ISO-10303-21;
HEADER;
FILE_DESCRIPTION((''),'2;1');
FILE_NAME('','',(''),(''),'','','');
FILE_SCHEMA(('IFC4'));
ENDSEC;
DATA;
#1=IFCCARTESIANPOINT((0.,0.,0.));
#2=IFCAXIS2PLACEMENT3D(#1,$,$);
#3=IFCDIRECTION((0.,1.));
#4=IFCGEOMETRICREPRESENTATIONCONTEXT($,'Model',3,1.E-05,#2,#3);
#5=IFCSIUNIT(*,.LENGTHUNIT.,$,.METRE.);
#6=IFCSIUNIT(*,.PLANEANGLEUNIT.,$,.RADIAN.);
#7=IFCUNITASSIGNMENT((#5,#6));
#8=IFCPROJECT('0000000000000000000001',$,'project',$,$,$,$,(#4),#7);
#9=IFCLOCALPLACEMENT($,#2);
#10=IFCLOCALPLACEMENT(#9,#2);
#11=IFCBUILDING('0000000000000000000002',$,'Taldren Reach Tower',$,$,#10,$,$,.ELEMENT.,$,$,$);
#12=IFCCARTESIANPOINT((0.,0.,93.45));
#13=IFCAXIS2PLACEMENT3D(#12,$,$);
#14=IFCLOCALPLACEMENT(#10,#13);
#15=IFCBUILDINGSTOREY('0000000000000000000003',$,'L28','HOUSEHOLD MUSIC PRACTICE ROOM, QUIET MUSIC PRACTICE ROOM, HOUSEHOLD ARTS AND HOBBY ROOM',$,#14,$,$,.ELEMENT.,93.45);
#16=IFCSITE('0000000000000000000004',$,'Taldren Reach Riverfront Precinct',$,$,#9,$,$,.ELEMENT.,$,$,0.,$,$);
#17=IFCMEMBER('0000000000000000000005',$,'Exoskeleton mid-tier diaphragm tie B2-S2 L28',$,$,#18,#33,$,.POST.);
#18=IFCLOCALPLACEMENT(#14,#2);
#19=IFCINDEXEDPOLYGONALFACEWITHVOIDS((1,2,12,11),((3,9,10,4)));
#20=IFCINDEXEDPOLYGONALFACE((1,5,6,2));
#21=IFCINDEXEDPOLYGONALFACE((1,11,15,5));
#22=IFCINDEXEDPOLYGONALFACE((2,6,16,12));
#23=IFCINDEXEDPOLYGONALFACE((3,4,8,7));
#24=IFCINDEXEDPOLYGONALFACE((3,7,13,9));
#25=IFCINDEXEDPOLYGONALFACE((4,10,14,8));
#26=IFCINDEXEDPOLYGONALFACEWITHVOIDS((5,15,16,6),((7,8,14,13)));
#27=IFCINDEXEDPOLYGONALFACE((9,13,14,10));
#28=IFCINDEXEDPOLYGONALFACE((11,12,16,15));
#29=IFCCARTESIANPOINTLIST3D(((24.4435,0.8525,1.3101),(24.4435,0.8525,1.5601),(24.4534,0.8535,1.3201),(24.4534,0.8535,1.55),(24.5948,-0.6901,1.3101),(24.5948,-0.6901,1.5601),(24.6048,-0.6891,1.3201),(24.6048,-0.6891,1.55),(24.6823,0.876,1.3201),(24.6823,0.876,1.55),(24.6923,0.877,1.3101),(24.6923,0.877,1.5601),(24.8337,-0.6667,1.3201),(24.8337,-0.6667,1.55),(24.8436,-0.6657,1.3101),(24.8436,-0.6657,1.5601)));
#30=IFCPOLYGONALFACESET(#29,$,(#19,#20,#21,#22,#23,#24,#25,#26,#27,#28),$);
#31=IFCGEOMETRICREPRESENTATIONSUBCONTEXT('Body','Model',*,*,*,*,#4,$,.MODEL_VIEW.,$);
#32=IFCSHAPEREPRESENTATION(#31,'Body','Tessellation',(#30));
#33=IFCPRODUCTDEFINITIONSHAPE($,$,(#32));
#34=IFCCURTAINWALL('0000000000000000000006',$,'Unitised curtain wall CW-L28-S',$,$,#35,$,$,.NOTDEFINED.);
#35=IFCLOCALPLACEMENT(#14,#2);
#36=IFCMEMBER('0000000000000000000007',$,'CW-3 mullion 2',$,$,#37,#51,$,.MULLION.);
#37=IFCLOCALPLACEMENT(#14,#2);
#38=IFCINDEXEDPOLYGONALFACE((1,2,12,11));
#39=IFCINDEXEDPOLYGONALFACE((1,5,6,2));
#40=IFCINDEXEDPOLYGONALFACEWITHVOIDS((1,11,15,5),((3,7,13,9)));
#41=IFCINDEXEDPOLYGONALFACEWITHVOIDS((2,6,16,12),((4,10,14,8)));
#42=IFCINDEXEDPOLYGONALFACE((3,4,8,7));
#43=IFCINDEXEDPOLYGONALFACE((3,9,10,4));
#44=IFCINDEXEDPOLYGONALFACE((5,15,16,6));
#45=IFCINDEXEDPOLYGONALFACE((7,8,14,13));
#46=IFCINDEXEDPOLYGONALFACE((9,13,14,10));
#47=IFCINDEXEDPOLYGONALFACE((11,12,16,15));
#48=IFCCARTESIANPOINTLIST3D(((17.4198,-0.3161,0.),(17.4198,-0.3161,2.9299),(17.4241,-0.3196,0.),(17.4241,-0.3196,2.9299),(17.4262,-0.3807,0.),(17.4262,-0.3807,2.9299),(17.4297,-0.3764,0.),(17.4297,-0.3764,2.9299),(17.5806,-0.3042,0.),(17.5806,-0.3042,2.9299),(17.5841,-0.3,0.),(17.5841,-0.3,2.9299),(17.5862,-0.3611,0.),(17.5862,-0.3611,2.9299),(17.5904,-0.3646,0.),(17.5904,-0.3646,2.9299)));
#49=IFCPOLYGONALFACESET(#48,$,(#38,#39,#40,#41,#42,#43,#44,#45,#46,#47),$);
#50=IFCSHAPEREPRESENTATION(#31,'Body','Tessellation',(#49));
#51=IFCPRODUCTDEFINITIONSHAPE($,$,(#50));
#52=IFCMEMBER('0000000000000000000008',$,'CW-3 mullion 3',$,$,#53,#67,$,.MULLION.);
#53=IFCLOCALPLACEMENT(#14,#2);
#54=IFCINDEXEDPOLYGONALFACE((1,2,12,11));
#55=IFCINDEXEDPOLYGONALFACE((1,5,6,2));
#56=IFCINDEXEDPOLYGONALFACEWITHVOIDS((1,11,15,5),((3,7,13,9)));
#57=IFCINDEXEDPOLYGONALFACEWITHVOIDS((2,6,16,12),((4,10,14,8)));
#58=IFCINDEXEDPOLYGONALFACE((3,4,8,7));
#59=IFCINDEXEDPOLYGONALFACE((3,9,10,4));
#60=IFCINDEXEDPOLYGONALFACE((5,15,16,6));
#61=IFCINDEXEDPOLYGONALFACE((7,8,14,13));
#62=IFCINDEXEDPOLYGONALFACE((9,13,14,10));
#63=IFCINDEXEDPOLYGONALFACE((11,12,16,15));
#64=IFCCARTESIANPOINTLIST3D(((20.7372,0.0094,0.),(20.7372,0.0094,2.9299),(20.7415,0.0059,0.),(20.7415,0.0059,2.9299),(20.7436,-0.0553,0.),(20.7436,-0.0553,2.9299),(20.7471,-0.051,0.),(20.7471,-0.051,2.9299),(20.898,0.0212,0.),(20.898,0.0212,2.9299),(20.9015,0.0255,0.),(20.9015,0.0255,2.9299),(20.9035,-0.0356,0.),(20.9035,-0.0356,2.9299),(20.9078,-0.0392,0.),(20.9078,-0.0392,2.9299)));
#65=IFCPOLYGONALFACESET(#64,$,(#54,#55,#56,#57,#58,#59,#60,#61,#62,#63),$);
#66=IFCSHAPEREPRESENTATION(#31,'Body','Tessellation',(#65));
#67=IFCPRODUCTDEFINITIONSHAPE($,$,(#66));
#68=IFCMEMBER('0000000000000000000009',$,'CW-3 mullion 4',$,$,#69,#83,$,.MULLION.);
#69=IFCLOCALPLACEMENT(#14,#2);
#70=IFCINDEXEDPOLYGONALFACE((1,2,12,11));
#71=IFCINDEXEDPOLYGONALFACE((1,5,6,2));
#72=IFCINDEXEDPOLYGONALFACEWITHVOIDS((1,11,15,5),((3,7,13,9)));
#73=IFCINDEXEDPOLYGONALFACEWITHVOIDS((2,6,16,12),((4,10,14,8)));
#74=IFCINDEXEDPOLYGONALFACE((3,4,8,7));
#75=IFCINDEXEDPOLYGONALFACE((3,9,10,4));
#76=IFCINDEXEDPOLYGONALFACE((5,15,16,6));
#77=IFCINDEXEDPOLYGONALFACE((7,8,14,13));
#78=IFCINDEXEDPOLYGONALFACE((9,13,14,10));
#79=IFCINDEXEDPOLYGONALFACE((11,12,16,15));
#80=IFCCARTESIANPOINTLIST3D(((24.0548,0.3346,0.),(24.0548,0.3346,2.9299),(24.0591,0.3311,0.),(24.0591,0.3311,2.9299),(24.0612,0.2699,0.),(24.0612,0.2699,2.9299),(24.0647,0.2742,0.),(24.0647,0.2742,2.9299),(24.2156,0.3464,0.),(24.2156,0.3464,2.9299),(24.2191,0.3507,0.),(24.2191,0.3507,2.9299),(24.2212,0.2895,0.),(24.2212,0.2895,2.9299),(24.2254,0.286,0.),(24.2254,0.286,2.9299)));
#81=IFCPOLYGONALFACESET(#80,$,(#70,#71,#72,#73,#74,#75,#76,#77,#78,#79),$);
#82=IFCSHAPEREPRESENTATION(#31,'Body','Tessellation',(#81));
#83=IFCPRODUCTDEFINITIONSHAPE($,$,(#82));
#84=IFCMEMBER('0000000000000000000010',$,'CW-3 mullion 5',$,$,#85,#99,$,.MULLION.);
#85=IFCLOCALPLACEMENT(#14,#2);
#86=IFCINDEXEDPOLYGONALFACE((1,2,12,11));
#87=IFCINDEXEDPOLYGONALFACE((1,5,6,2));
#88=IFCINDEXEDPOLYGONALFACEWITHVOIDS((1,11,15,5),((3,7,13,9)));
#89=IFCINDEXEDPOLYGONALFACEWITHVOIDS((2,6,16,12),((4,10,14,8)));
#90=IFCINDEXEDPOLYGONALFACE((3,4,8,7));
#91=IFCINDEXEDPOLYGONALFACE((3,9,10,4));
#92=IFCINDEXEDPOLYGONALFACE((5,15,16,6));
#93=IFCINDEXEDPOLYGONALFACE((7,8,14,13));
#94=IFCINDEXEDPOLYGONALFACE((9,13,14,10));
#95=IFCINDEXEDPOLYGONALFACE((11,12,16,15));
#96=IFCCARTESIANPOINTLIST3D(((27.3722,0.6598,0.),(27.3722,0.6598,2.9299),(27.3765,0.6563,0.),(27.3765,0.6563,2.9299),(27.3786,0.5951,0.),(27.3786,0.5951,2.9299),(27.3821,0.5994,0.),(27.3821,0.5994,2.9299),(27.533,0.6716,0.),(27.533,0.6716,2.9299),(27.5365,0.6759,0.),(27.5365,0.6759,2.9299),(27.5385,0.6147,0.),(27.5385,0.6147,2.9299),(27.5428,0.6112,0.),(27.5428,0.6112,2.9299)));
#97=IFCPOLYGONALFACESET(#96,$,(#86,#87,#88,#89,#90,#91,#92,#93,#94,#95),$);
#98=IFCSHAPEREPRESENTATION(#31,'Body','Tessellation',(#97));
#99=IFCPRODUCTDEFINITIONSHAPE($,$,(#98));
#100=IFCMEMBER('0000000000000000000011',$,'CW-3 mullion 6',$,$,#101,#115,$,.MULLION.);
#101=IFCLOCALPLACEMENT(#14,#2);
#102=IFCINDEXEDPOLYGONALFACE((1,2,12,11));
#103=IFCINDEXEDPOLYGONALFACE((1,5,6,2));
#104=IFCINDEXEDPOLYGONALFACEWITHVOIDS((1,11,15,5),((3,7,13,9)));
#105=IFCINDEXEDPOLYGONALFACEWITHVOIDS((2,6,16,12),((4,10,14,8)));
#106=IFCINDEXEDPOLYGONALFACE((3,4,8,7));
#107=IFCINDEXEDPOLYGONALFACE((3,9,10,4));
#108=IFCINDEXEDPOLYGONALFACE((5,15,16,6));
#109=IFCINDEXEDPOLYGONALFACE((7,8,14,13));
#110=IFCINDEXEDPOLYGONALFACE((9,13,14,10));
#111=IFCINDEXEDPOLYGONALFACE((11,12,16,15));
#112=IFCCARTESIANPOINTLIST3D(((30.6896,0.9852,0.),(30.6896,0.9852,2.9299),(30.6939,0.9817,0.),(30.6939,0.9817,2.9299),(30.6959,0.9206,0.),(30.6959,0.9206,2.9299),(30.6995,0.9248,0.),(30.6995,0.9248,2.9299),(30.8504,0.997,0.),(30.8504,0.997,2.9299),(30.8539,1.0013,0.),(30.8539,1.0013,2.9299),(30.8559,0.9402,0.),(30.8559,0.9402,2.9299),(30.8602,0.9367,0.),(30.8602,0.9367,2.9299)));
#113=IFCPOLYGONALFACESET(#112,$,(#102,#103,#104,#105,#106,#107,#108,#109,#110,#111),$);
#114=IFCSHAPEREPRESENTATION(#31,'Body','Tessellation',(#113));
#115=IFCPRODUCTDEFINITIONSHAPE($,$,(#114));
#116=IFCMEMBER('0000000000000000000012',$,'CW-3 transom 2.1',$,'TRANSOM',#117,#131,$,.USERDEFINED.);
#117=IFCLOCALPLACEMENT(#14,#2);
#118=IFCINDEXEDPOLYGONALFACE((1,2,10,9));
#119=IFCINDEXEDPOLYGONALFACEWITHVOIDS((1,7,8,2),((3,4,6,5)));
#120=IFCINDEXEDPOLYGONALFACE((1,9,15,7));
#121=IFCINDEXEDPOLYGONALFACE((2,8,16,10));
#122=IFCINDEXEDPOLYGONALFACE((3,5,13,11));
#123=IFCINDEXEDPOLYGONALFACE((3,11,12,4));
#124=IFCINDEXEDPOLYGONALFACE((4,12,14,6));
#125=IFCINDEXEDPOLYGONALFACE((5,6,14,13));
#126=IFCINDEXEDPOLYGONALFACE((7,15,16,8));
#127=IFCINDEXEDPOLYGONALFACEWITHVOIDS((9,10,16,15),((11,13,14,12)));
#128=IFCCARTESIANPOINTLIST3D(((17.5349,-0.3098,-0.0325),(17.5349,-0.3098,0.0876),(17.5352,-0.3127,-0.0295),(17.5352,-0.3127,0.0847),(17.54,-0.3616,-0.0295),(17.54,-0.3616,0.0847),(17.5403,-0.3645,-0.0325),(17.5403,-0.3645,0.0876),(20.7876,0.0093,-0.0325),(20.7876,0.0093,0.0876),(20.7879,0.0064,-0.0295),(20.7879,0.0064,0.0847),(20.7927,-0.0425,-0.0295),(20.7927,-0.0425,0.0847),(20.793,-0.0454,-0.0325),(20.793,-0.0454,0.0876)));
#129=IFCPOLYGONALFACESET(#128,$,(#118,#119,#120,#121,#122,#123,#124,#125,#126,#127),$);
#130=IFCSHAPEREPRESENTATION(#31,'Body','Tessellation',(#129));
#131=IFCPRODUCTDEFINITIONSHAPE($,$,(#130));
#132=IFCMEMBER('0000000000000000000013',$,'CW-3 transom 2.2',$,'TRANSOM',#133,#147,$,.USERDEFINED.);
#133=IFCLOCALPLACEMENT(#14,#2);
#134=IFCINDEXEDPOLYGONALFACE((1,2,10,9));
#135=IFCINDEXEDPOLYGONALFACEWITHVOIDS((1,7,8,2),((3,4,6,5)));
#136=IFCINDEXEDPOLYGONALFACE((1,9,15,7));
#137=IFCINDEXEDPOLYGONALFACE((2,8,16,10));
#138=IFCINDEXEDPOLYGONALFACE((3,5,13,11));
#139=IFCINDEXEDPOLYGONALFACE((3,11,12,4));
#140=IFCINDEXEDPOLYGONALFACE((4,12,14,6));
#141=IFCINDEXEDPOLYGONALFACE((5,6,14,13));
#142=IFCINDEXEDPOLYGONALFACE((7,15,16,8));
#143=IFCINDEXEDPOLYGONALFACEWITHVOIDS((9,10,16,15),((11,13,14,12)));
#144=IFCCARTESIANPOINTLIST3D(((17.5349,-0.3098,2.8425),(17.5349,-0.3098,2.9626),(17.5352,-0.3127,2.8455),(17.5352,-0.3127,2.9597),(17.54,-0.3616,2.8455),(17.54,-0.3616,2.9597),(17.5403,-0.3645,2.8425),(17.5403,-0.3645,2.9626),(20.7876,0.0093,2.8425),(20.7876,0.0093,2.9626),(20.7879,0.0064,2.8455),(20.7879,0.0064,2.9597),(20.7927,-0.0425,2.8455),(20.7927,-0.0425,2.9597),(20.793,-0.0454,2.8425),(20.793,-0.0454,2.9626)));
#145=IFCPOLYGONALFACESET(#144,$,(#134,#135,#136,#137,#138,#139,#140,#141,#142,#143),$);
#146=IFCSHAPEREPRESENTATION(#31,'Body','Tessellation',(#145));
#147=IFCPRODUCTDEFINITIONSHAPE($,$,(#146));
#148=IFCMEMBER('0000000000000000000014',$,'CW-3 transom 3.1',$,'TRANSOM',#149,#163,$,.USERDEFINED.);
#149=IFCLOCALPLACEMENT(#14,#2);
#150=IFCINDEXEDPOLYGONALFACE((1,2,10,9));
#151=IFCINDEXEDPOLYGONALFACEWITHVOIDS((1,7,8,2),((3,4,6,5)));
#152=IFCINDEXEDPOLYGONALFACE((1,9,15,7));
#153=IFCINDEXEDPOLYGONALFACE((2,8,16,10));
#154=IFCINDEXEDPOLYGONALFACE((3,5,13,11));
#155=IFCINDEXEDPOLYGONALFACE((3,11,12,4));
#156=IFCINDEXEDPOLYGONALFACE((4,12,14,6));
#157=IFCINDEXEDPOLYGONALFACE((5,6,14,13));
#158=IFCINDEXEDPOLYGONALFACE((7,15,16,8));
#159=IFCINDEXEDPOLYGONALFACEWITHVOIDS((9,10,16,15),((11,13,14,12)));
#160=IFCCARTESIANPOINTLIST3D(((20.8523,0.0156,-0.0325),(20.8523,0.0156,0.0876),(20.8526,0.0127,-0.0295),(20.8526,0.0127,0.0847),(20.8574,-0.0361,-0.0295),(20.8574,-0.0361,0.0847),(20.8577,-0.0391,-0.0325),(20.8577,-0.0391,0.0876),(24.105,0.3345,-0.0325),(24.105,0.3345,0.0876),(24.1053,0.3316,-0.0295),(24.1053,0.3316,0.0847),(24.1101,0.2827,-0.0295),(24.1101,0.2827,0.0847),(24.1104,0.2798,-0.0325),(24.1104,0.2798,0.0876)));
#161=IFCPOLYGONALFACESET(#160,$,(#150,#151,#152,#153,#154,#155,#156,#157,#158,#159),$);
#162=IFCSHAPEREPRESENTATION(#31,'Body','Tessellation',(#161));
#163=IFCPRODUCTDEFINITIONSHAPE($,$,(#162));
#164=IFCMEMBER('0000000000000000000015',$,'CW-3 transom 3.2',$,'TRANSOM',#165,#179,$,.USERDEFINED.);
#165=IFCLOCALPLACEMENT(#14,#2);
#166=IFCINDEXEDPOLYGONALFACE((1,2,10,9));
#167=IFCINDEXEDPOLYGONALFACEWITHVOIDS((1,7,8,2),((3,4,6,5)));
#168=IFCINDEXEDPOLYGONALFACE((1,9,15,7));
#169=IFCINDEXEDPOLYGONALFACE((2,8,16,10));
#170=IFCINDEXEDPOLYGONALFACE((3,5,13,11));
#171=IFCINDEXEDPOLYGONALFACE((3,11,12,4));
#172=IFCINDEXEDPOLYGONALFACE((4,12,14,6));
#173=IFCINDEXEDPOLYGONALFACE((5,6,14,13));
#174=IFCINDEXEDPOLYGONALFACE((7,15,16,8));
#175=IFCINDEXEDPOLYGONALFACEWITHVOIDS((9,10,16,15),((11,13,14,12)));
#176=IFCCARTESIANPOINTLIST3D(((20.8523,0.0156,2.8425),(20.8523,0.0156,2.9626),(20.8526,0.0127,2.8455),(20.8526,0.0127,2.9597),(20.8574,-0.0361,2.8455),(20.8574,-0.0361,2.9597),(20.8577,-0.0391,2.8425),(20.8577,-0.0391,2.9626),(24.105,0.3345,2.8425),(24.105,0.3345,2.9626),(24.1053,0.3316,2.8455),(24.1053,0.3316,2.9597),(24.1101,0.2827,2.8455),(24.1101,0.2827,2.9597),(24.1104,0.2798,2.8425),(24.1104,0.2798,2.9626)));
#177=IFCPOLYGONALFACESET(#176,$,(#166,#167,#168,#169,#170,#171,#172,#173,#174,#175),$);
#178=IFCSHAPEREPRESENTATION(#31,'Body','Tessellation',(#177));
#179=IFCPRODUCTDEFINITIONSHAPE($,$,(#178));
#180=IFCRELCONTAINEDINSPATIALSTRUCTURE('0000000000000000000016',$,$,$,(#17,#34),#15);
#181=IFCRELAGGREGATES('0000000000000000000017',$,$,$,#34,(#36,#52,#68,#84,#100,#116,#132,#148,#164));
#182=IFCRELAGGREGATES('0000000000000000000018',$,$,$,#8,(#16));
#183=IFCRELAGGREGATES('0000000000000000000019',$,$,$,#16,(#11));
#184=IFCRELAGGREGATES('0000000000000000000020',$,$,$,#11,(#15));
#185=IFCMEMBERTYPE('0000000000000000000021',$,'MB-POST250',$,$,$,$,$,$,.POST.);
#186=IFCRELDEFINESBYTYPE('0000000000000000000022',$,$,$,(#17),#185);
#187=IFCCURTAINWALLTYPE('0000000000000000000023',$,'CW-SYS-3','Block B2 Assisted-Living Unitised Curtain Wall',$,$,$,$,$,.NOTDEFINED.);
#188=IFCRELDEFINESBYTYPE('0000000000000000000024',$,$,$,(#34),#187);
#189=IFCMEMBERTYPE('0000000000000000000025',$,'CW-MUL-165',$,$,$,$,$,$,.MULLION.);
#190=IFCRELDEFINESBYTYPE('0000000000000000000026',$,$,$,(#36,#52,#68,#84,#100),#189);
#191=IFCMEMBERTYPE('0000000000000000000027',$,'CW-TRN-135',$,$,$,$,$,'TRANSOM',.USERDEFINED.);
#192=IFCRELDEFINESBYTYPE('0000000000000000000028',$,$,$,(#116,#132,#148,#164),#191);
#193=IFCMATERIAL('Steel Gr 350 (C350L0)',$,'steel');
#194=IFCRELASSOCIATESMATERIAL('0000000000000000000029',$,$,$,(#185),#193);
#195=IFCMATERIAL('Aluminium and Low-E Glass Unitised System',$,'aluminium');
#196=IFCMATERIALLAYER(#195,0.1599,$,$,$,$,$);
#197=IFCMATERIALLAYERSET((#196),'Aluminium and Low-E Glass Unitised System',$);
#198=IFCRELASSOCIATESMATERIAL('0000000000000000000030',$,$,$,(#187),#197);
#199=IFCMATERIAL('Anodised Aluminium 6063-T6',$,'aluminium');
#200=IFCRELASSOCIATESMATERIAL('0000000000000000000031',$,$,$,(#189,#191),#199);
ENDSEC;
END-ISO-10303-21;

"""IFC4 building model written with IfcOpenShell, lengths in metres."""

from ifc_helpers import new_model, si_unit, direction, frame, origin, origin_2d, place, context, subcontext, project, spatial, hollow_rectangle, extrude, source, transform, mapped, material, layer, layer_set, material_profile, profile_set, type_object, element, aggregate, save


model = new_model("IFC4")

# Units and contexts
model_context = context("Model", 3, precision=1e-05, world=origin(), true_north=direction((0.0, 1.0)))
body_context = subcontext(model_context, "Body", "Model", "MODEL_VIEW")
ifc_project = project(units=[si_unit("LENGTHUNIT", "METRE"), si_unit("PLANEANGLEUNIT", "RADIAN")], contexts=[model_context])

# Site, building, storey
site_placement = place(None, origin())
site = spatial("IfcSite", under=ifc_project, at=site_placement, Name="Taldren Reach Riverfront Precinct", CompositionType="ELEMENT", RefElevation=0.0)
building_placement = place(site_placement, origin())
building = spatial("IfcBuilding", under=site, at=building_placement, Name="Taldren Reach Tower", CompositionType="ELEMENT")
storey_placement = place(building_placement, frame((0.0, 0.0, 93.45)))
storey = spatial("IfcBuildingStorey", under=building, at=storey_placement, Name="L28", Description="HOUSEHOLD MUSIC PRACTICE ROOM, QUIET MUSIC PRACTICE ROOM, HOUSEHOLD ARTS AND HOBBY ROOM", CompositionType="ELEMENT", Elevation=93.45)

# Member
ifc_material_1 = material(Name="Steel Gr 350 (C350L0)", Category="steel")
ifc_material_profile_1 = material_profile(ifc_material_1, hollow_rectangle(XDim=0.25, YDim=0.25, WallThickness=0.01, at=origin_2d()), Name="250x250x10.0SHS")
ifc_profile_set_1 = profile_set([ifc_material_profile_1], Name="Steel Gr 350 (C350L0)")
member_type_1 = type_object("IfcMemberType", Name="MB-POST250", PredefinedType="POST", material=ifc_profile_set_1)
shared_shape_1 = source(origin(), body_context, "Body", "SweptSolid", [
    extrude(hollow_rectangle(XDim=0.25, YDim=0.25, WallThickness=0.01, at=origin_2d()), origin(), (0.0, 0.0, 1.0), 1.55),
])
for number, where, z_axis, x_axis, name in (
    (1, (24.5679, 0.8647, 1.4351), (0.097648, -0.995221, 0.0), (0.995221, 0.097648, 0.0), "Exoskeleton mid-tier diaphragm tie B2-S2 L28"),
):
    element("IfcMember", number, at=place(storey_placement, frame(where, z_axis=z_axis, x_axis=x_axis)), inside=storey, type_object=member_type_1, Name=name, PredefinedType="POST", context=body_context, shape_type="MappedRepresentation", body=[
        mapped(shared_shape_1, transform((0.0, 0.0, 0.0), scale=1.0)),
    ])

# Curtain wall, members
ifc_material_2 = material(Name="Aluminium and Low-E Glass Unitised System", Category="aluminium")
ifc_layer_1 = layer(ifc_material_2, 0.1599)
ifc_layer_set_1 = layer_set([ifc_layer_1], Name="Aluminium and Low-E Glass Unitised System")
curtain_wall_type = type_object("IfcCurtainWallType", Name="CW-SYS-3", Description="Block B2 Assisted-Living Unitised Curtain Wall", PredefinedType="NOTDEFINED", material=ifc_layer_set_1)
curtain_wall_placement = place(storey_placement, origin())
curtain_wall = element("IfcCurtainWall", 2, at=curtain_wall_placement, inside=storey, type_object=curtain_wall_type, Name="Unitised curtain wall CW-L28-S", PredefinedType="NOTDEFINED")
ifc_material_3 = material(Name="Anodised Aluminium 6063-T6", Category="aluminium")
ifc_material_profile_2 = material_profile(ifc_material_3, hollow_rectangle(XDim=0.0649, YDim=0.165, WallThickness=0.0039, at=origin_2d()), Name="ALU-165x65x4RHS")
ifc_profile_set_2 = profile_set([ifc_material_profile_2], Name="Anodised Aluminium 6063-T6")
member_type_2 = type_object("IfcMemberType", Name="CW-MUL-165", PredefinedType="MULLION", material=ifc_profile_set_2)
shared_shape_2 = source(origin(), body_context, "Body", "SweptSolid", [
    extrude(hollow_rectangle(XDim=0.0649, YDim=0.165, WallThickness=0.0039, at=origin_2d()), origin(), (0.0, 0.0, 1.0), 2.9299),
])
member_1_placement = place(storey_placement, frame((17.5051, -0.3403, 0.0), z_axis=(0.0, 0.0, 1.0), x_axis=(-0.097583, 0.995227, 0.0)))
member_1 = element("IfcMember", 3, at=member_1_placement, type_object=member_type_2, Name="CW-3 mullion 2", PredefinedType="MULLION", context=body_context, shape_type="MappedRepresentation", body=[
    mapped(shared_shape_2, transform((0.0, 0.0, 0.0), scale=1.0)),
])
member_2_placement = place(storey_placement, frame((20.8225, -0.0149, 0.0), z_axis=(0.0, 0.0, 1.0), x_axis=(-0.097583, 0.995227, 0.0)))
member_2 = element("IfcMember", 4, at=member_2_placement, type_object=member_type_2, Name="CW-3 mullion 3", PredefinedType="MULLION", context=body_context, shape_type="MappedRepresentation", body=[
    mapped(shared_shape_2, transform((0.0, 0.0, 0.0), scale=1.0)),
])
member_3_placement = place(storey_placement, frame((24.1401, 0.3103, 0.0), z_axis=(0.0, 0.0, 1.0), x_axis=(-0.097583, 0.995227, 0.0)))
member_3 = element("IfcMember", 5, at=member_3_placement, type_object=member_type_2, Name="CW-3 mullion 4", PredefinedType="MULLION", context=body_context, shape_type="MappedRepresentation", body=[
    mapped(shared_shape_2, transform((0.0, 0.0, 0.0), scale=1.0)),
])
member_4_placement = place(storey_placement, frame((27.4575, 0.6355, 0.0), z_axis=(0.0, 0.0, 1.0), x_axis=(-0.097583, 0.995227, 0.0)))
member_4 = element("IfcMember", 6, at=member_4_placement, type_object=member_type_2, Name="CW-3 mullion 5", PredefinedType="MULLION", context=body_context, shape_type="MappedRepresentation", body=[
    mapped(shared_shape_2, transform((0.0, 0.0, 0.0), scale=1.0)),
])
member_5_placement = place(storey_placement, frame((30.7749, 0.9609, 0.0), z_axis=(0.0, 0.0, 1.0), x_axis=(-0.097583, 0.995227, 0.0)))
member_5 = element("IfcMember", 7, at=member_5_placement, type_object=member_type_2, Name="CW-3 mullion 6", PredefinedType="MULLION", context=body_context, shape_type="MappedRepresentation", body=[
    mapped(shared_shape_2, transform((0.0, 0.0, 0.0), scale=1.0)),
])
ifc_material_profile_3 = material_profile(ifc_material_3, hollow_rectangle(XDim=0.0549, YDim=0.1201, WallThickness=0.0029, at=origin_2d()), Name="ALU-120x55x3RHS")
ifc_profile_set_3 = profile_set([ifc_material_profile_3], Name="Anodised Aluminium 6063-T6")
member_type_3 = type_object("IfcMemberType", Name="CW-TRN-135", ElementType="TRANSOM", PredefinedType="USERDEFINED", material=ifc_profile_set_3)
shared_shape_3 = source(origin(), body_context, "Body", "SweptSolid", [
    extrude(hollow_rectangle(XDim=0.0549, YDim=0.1201, WallThickness=0.0029, at=origin_2d()), origin(), (0.0, 0.0, 1.0), 3.2683),
])
member_6_placement = place(storey_placement, frame((17.5376, -0.3372, 0.0276), z_axis=(0.995223, 0.097632, 0.0), x_axis=(-0.097632, 0.995223, 0.0)))
member_6 = element("IfcMember", 8, at=member_6_placement, type_object=member_type_3, Name="CW-3 transom 2.1", ObjectType="TRANSOM", PredefinedType="USERDEFINED", context=body_context, shape_type="MappedRepresentation", body=[
    mapped(shared_shape_3, transform((0.0, 0.0, 0.0), scale=1.0)),
])
member_7_placement = place(storey_placement, frame((17.5376, -0.3372, 2.9026), z_axis=(0.995223, 0.097632, 0.0), x_axis=(-0.097632, 0.995223, 0.0)))
member_7 = element("IfcMember", 9, at=member_7_placement, type_object=member_type_3, Name="CW-3 transom 2.2", ObjectType="TRANSOM", PredefinedType="USERDEFINED", context=body_context, shape_type="MappedRepresentation", body=[
    mapped(shared_shape_3, transform((0.0, 0.0, 0.0), scale=1.0)),
])
member_8_placement = place(storey_placement, frame((20.855, -0.0117, 0.0276), z_axis=(0.99523, 0.097558, 0.0), x_axis=(-0.097558, 0.99523, 0.0)))
member_8 = element("IfcMember", 10, at=member_8_placement, type_object=member_type_3, Name="CW-3 transom 3.1", ObjectType="TRANSOM", PredefinedType="USERDEFINED", context=body_context, shape_type="MappedRepresentation", body=[
    mapped(shared_shape_3, transform((0.0, 0.0, 0.0), scale=1.0)),
])
member_9_placement = place(storey_placement, frame((20.855, -0.0117, 2.9026), z_axis=(0.99523, 0.097558, 0.0), x_axis=(-0.097558, 0.99523, 0.0)))
member_9 = element("IfcMember", 11, at=member_9_placement, type_object=member_type_3, Name="CW-3 transom 3.2", ObjectType="TRANSOM", PredefinedType="USERDEFINED", context=body_context, shape_type="MappedRepresentation", body=[
    mapped(shared_shape_3, transform((0.0, 0.0, 0.0), scale=1.0)),
])

aggregate(curtain_wall, [member_1, member_2, member_3, member_4, member_5, member_6, member_7, member_8, member_9])

save(model, "model.ifc")
